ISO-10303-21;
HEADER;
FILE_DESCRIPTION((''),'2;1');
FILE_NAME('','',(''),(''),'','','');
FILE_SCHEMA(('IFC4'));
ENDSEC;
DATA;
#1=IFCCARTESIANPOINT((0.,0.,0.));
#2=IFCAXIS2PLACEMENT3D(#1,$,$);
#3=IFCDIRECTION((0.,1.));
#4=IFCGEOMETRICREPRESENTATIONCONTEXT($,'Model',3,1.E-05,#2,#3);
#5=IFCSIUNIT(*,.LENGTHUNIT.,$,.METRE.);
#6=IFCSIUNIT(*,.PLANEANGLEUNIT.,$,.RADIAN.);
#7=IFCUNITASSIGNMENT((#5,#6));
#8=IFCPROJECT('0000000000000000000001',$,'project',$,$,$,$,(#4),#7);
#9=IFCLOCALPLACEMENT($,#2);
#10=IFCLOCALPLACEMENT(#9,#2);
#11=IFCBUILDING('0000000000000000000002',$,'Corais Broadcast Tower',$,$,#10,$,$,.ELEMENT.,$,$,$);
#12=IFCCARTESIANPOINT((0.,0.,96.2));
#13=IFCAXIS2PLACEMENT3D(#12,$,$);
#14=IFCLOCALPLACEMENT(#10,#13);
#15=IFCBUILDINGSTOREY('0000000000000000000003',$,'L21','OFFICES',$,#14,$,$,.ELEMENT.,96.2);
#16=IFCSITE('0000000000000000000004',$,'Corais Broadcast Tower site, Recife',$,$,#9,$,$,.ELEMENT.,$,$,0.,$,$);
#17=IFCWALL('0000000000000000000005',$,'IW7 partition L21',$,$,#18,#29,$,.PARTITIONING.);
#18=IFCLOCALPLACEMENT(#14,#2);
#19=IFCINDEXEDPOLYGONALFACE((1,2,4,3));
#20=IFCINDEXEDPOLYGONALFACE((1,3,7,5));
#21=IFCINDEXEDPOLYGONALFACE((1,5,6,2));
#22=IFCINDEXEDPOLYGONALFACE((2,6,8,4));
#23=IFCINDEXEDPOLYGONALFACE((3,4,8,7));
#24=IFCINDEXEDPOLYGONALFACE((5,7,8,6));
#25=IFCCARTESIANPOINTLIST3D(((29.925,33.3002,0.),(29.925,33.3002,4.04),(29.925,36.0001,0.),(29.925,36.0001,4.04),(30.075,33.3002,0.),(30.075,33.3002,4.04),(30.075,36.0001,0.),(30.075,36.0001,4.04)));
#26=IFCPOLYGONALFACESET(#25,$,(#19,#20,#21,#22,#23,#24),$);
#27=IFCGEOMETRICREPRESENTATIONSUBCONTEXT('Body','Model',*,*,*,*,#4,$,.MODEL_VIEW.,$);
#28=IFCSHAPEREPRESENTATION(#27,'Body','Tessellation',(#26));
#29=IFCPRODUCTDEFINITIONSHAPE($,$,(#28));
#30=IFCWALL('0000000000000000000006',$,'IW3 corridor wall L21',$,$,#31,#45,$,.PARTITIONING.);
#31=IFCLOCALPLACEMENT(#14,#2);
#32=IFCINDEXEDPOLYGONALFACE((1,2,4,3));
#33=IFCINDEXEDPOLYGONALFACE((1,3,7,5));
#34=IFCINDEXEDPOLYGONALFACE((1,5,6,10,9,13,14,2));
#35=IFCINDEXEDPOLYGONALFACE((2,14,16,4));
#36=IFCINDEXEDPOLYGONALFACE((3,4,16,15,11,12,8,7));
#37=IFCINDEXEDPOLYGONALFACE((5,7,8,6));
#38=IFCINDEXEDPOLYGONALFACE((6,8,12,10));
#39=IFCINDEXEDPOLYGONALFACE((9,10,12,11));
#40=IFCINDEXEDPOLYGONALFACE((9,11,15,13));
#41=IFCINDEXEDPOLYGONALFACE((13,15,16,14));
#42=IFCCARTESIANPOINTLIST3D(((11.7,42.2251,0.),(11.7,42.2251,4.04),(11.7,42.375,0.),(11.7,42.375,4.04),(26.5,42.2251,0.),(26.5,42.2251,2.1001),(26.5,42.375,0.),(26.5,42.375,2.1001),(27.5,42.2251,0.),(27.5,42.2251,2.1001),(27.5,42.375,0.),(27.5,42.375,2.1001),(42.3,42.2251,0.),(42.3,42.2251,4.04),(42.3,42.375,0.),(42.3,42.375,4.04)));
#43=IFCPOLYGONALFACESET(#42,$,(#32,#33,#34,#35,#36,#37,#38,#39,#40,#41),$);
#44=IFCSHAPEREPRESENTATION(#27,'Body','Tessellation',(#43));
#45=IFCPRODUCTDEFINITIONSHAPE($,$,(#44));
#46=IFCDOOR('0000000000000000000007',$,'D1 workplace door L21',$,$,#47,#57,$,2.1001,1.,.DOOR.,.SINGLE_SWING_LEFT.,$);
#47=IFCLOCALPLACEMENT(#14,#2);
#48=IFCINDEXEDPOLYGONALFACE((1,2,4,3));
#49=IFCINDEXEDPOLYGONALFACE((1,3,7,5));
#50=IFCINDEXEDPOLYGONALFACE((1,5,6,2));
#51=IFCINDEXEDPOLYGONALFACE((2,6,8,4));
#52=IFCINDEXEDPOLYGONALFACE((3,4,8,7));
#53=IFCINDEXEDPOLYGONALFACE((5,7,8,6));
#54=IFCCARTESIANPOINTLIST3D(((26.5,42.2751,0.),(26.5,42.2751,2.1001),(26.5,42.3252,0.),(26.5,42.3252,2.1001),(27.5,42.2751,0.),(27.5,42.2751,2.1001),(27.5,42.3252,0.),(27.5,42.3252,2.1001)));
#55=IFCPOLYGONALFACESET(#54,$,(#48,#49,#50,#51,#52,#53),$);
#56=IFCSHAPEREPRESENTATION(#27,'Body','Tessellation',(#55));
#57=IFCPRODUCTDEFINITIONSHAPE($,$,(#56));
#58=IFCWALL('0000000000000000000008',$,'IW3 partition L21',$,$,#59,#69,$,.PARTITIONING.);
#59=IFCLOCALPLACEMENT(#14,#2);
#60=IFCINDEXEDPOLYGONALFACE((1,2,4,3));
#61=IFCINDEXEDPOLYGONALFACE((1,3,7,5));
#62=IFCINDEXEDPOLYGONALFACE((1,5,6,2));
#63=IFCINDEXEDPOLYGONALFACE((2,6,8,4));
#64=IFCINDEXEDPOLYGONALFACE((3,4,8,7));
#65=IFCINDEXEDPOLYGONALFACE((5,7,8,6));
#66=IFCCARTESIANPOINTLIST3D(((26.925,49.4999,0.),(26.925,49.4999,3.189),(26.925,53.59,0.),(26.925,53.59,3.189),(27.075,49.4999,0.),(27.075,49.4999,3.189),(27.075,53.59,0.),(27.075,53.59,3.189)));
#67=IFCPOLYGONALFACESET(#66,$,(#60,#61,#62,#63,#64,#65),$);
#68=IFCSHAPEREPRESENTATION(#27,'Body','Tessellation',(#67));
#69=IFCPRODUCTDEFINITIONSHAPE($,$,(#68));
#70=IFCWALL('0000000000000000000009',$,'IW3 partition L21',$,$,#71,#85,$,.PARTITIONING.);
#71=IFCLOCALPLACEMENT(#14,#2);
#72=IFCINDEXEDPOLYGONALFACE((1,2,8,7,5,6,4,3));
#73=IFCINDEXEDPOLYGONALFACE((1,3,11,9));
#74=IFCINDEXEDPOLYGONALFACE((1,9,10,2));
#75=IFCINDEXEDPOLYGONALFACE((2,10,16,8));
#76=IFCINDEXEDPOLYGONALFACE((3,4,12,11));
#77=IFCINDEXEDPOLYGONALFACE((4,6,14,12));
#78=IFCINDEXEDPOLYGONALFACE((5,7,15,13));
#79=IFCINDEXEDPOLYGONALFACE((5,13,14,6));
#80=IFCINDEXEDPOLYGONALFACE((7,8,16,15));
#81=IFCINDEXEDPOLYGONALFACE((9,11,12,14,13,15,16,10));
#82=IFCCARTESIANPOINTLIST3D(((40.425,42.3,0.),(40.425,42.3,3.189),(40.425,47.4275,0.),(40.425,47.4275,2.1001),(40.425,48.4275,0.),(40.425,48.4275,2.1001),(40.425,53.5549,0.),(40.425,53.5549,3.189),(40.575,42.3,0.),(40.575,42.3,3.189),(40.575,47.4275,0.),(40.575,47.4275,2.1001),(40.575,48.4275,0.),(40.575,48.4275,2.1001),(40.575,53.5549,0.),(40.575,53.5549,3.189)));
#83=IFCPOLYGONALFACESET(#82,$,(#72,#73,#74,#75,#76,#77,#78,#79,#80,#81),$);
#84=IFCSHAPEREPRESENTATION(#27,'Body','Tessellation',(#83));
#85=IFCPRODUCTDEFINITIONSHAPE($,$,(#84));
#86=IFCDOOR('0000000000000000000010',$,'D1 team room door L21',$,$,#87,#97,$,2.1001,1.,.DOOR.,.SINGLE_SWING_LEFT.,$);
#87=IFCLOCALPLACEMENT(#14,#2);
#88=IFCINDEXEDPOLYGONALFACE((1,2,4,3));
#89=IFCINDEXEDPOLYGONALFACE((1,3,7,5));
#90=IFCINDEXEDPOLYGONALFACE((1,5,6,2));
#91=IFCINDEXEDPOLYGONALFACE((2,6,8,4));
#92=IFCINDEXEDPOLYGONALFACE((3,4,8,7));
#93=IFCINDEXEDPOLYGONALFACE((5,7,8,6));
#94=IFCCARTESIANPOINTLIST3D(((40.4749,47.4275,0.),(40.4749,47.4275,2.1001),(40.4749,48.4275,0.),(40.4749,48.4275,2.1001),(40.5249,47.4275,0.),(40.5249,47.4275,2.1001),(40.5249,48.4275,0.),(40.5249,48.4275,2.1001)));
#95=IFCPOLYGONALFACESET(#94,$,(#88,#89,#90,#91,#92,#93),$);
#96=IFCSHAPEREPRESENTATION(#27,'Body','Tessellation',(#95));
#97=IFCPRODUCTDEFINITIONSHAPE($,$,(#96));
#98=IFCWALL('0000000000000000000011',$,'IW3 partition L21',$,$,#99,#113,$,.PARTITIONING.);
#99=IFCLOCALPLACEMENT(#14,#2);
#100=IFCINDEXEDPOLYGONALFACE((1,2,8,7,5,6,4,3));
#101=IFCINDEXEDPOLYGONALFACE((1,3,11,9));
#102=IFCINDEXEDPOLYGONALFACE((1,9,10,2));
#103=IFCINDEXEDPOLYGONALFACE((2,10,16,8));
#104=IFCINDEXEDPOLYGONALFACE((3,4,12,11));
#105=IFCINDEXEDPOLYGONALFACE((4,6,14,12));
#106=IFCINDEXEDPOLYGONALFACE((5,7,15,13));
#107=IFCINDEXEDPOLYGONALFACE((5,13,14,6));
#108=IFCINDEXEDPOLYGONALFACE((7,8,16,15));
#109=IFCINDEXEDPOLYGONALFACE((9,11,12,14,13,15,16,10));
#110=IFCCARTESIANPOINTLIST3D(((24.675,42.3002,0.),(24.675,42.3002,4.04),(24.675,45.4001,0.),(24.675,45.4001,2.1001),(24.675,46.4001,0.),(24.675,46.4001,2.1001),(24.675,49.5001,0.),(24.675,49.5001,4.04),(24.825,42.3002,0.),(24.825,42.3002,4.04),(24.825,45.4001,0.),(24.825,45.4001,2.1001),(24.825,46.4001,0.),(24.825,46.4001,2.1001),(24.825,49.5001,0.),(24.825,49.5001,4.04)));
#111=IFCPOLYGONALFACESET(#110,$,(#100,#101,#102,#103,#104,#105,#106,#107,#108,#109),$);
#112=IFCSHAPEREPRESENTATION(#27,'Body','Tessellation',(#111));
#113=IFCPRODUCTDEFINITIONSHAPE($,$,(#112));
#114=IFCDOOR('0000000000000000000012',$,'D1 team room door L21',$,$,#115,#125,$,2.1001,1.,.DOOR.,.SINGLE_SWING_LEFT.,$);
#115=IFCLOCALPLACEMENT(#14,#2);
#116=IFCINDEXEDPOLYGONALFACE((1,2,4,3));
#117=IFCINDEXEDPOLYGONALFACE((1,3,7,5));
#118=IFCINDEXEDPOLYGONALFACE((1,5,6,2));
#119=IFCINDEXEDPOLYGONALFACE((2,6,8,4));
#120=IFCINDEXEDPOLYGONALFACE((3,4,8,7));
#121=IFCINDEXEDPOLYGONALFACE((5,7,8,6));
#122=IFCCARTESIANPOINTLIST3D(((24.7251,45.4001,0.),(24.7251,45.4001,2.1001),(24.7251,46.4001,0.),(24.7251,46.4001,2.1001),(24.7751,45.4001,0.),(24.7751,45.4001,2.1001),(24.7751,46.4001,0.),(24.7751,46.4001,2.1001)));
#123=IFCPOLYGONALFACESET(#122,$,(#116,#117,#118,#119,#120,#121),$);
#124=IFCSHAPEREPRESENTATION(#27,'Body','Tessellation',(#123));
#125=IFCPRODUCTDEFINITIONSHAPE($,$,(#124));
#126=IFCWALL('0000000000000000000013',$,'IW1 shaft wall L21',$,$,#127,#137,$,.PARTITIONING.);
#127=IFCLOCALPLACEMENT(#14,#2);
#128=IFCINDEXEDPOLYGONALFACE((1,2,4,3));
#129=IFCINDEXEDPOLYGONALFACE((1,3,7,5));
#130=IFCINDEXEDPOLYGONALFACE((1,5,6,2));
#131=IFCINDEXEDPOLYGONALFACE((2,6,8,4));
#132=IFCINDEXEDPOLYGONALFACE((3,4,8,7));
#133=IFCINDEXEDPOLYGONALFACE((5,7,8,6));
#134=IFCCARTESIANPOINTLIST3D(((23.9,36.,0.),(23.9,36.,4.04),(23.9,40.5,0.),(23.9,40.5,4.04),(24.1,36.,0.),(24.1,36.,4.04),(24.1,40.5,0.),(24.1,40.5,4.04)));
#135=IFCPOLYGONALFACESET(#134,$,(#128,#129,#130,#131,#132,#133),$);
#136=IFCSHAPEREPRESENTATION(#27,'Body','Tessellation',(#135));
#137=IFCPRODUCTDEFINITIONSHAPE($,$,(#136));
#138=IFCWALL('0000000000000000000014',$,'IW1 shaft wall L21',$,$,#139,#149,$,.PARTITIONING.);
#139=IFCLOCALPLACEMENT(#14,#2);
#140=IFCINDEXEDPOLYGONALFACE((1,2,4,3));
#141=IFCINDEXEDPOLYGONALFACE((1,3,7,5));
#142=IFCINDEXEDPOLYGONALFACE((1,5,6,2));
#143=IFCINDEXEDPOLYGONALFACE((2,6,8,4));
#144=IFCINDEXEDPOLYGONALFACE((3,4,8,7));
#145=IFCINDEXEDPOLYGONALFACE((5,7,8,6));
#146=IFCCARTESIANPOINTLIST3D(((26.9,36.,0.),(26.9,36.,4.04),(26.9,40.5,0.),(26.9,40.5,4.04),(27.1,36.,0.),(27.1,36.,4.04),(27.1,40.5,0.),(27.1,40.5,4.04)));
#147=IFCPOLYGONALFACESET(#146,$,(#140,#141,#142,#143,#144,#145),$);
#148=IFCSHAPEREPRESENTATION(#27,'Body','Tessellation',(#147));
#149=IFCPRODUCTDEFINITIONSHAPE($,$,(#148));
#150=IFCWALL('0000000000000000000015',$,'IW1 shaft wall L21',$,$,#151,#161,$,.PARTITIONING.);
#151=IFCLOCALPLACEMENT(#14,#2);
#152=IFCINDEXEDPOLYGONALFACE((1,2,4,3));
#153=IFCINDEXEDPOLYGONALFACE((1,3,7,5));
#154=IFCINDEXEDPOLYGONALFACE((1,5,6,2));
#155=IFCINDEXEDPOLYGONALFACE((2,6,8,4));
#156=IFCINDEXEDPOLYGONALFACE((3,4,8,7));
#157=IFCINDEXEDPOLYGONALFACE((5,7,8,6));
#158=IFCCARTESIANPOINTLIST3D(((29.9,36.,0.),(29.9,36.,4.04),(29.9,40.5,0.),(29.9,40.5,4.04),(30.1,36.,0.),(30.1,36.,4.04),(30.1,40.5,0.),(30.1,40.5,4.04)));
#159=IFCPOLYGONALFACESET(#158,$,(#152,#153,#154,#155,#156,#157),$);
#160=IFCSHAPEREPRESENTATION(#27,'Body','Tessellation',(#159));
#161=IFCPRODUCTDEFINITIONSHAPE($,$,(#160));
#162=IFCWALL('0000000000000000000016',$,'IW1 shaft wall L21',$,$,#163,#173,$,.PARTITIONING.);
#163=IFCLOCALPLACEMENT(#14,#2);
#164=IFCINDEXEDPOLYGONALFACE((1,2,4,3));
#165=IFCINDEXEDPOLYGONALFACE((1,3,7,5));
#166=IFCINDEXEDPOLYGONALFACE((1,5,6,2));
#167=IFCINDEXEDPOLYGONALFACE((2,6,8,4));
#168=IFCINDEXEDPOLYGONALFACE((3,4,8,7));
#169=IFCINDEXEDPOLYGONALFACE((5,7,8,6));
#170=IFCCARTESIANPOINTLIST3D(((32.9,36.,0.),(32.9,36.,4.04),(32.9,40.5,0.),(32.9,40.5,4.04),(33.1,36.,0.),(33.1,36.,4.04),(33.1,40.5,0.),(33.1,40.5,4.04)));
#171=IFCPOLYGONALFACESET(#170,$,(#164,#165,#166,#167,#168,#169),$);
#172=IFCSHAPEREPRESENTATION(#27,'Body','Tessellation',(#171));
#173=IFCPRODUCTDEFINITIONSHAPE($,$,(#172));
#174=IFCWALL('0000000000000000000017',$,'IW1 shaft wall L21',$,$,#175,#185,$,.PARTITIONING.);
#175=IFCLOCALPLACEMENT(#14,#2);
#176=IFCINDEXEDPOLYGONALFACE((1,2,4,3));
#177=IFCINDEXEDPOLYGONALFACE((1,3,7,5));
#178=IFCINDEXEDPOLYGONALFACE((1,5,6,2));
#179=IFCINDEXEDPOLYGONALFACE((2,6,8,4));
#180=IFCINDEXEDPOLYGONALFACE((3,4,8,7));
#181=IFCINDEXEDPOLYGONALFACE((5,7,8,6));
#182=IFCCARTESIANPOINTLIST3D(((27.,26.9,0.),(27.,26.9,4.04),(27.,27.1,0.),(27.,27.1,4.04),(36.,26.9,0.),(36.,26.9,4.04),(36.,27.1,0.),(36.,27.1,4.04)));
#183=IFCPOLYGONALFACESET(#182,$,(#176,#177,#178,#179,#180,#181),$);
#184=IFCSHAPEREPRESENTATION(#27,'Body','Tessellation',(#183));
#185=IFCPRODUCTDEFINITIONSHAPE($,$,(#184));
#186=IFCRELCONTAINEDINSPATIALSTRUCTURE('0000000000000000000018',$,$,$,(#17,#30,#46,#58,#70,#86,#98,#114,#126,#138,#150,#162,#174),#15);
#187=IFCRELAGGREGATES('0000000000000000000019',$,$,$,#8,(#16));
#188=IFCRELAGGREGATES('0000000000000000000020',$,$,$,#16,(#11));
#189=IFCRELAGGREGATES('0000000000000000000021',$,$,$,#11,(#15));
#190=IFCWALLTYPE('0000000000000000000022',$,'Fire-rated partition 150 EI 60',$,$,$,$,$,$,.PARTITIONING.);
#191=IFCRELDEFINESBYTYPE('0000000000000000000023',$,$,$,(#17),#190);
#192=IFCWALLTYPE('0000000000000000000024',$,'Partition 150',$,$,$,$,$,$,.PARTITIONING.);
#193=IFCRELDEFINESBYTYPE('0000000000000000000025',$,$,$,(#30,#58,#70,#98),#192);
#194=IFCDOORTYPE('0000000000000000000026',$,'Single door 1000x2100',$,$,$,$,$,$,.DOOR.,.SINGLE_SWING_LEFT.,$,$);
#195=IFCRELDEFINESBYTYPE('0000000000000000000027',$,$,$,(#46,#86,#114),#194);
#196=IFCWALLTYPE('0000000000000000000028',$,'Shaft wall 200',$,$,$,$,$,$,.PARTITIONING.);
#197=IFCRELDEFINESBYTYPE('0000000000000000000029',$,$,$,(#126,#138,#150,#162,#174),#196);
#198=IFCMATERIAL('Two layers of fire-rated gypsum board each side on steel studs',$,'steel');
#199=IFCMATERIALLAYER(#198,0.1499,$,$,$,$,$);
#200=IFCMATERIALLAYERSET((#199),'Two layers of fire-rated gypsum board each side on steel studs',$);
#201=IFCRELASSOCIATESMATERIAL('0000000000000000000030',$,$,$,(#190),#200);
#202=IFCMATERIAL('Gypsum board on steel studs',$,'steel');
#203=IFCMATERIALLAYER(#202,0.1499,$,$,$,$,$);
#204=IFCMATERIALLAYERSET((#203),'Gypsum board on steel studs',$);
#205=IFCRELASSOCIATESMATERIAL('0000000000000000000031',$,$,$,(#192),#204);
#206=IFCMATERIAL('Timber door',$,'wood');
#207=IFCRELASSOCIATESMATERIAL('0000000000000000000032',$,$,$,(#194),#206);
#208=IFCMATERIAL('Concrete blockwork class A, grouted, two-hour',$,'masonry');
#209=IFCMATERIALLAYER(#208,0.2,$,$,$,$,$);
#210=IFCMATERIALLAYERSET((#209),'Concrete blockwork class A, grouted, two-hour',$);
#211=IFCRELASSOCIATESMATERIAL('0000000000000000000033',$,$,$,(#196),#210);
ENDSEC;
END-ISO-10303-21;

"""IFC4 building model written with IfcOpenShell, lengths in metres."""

from ifc_helpers import new_model, si_unit, direction, frame, frame_2d, origin, place, context, subcontext, project, spatial, rectangle, extrude, material, layer, layer_set, type_object, element, fill, save


model = new_model("IFC4")

# Units and contexts
model_context = context("Model", 3, precision=1e-05, world=origin(), true_north=direction((0.0, 1.0)))
body_context = subcontext(model_context, "Body", "Model", "MODEL_VIEW")
ifc_project = project(units=[si_unit("LENGTHUNIT", "METRE"), si_unit("PLANEANGLEUNIT", "RADIAN")], contexts=[model_context])

# Site, building, storey
site_placement = place(None, origin())
site = spatial("IfcSite", under=ifc_project, at=site_placement, Name="Corais Broadcast Tower site, Recife", CompositionType="ELEMENT", RefElevation=0.0)
building_placement = place(site_placement, origin())
building = spatial("IfcBuilding", under=site, at=building_placement, Name="Corais Broadcast Tower", CompositionType="ELEMENT")
storey_placement = place(building_placement, frame((0.0, 0.0, 96.2)))
storey = spatial("IfcBuildingStorey", under=building, at=storey_placement, Name="L21", Description="OFFICES", CompositionType="ELEMENT", Elevation=96.2)

# Wall
ifc_material_1 = material(Name="Two layers of fire-rated gypsum board each side on steel studs", Category="steel")
ifc_layer_1 = layer(ifc_material_1, 0.1499)
ifc_layer_set_1 = layer_set([ifc_layer_1], Name="Two layers of fire-rated gypsum board each side on steel studs")
wall_type_1 = type_object("IfcWallType", Name="Fire-rated partition 150 EI 60", PredefinedType="PARTITIONING", material=ifc_layer_set_1)
wall_1_placement = place(storey_placement, frame((30.0, 33.3, 0.0), z_axis=(0.0, 0.0, 1.0), x_axis=(0.0, 1.0, 0.0)))
element("IfcWall", 1, at=wall_1_placement, inside=storey, type_object=wall_type_1, Name="IW7 partition L21", PredefinedType="PARTITIONING", context=body_context, shape_type="SweptSolid", body=[
    extrude(rectangle(XDim=2.7, YDim=0.1499, at=frame_2d((1.3501, 0.0))), origin(), (0.0, 0.0, 1.0), 4.04),
])

# Wall, opening, door
ifc_material_2 = material(Name="Gypsum board on steel studs", Category="steel")
ifc_layer_2 = layer(ifc_material_2, 0.1499)
ifc_layer_set_2 = layer_set([ifc_layer_2], Name="Gypsum board on steel studs")
wall_type_2 = type_object("IfcWallType", Name="Partition 150", PredefinedType="PARTITIONING", material=ifc_layer_set_2)
wall_2_placement = place(storey_placement, frame((42.3, 42.3, 0.0), z_axis=(0.0, 0.0, 1.0), x_axis=(-1.0, 0.0, 0.0)))
wall_2 = element("IfcWall", 2, at=wall_2_placement, inside=storey, type_object=wall_type_2, Name="IW3 corridor wall L21", PredefinedType="PARTITIONING", context=body_context, shape_type="SweptSolid", body=[
    extrude(rectangle(XDim=30.6001, YDim=0.1499, at=frame_2d((15.3, 0.0))), origin(), (0.0, 0.0, 1.0), 4.04),
])
opening_1_placement = place(wall_2_placement, frame((14.8, 0.0, 0.0)))
opening_1 = element("IfcOpeningElement", 3, at=opening_1_placement, cuts=wall_2, PredefinedType="OPENING", context=body_context, shape_type="SweptSolid", body=[
    extrude(rectangle(XDim=1.0, YDim=2.1001, at=frame_2d((0.5, 1.05))), frame((0.0, 0.085, 0.0), z_axis=(0.0, -1.0, 0.0), x_axis=(1.0, 0.0, 0.0)), (0.0, 0.0, 1.0), 0.1699),
])
ifc_material_3 = material(Name="Timber door", Category="wood")
door_type = type_object("IfcDoorType", Name="Single door 1000x2100", OperationType="SINGLE_SWING_LEFT", PredefinedType="DOOR", material=ifc_material_3)
door_1_placement = place(opening_1_placement, origin())
door_1 = element("IfcDoor", 4, at=door_1_placement, inside=storey, type_object=door_type, Name="D1 workplace door L21", OperationType="SINGLE_SWING_LEFT", OverallHeight=2.1001, OverallWidth=1.0, PredefinedType="DOOR", context=body_context, shape_type="SweptSolid", body=[
    extrude(rectangle(XDim=1.0, YDim=2.1001, at=frame_2d((0.5, 1.05))), frame((0.0, 0.0249, 0.0), z_axis=(0.0, -1.0, 0.0), x_axis=(1.0, 0.0, 0.0)), (0.0, 0.0, 1.0), 0.05),
])
fill(opening_1, door_1)

# Wall
wall_3_placement = place(storey_placement, frame((27.0, 49.5, 0.0), z_axis=(0.0, 0.0, 1.0), x_axis=(0.0, 1.0, 0.0)))
element("IfcWall", 5, at=wall_3_placement, inside=storey, type_object=wall_type_2, Name="IW3 partition L21", PredefinedType="PARTITIONING", context=body_context, shape_type="SweptSolid", body=[
    extrude(rectangle(XDim=4.0901, YDim=0.1499, at=frame_2d((2.0449, 0.0))), origin(), (0.0, 0.0, 1.0), 3.189),
])

# Walls, openings, doors
wall_4_placement = place(storey_placement, frame((40.5, 53.5549, 0.0), z_axis=(0.0, 0.0, 1.0), x_axis=(0.0, -1.0, 0.0)))
wall_4 = element("IfcWall", 6, at=wall_4_placement, inside=storey, type_object=wall_type_2, Name="IW3 partition L21", PredefinedType="PARTITIONING", context=body_context, shape_type="SweptSolid", body=[
    extrude(rectangle(XDim=11.2549, YDim=0.1499, at=frame_2d((5.6274, 0.0))), origin(), (0.0, 0.0, 1.0), 3.189),
])
opening_2_placement = place(wall_4_placement, frame((5.1274, 0.0, 0.0)))
opening_2 = element("IfcOpeningElement", 7, at=opening_2_placement, cuts=wall_4, PredefinedType="OPENING", context=body_context, shape_type="SweptSolid", body=[
    extrude(rectangle(XDim=1.0, YDim=2.1001, at=frame_2d((0.5, 1.05))), frame((0.0, 0.085, 0.0), z_axis=(0.0, -1.0, 0.0), x_axis=(1.0, 0.0, 0.0)), (0.0, 0.0, 1.0), 0.1699),
])
door_2_placement = place(opening_2_placement, origin())
door_2 = element("IfcDoor", 8, at=door_2_placement, inside=storey, type_object=door_type, Name="D1 team room door L21", OperationType="SINGLE_SWING_LEFT", OverallHeight=2.1001, OverallWidth=1.0, PredefinedType="DOOR", context=body_context, shape_type="SweptSolid", body=[
    extrude(rectangle(XDim=1.0, YDim=2.1001, at=frame_2d((0.5, 1.05))), frame((0.0, 0.0249, 0.0), z_axis=(0.0, -1.0, 0.0), x_axis=(1.0, 0.0, 0.0)), (0.0, 0.0, 1.0), 0.05),
])
fill(opening_2, door_2)
wall_5_placement = place(storey_placement, frame((24.75, 42.3, 0.0), z_axis=(0.0, 0.0, 1.0), x_axis=(0.0, 1.0, 0.0)))
wall_5 = element("IfcWall", 9, at=wall_5_placement, inside=storey, type_object=wall_type_2, Name="IW3 partition L21", PredefinedType="PARTITIONING", context=body_context, shape_type="SweptSolid", body=[
    extrude(rectangle(XDim=7.2, YDim=0.1499, at=frame_2d((3.6001, 0.0))), origin(), (0.0, 0.0, 1.0), 4.04),
])
opening_3_placement = place(wall_5_placement, frame((3.1001, 0.0, 0.0)))
opening_3 = element("IfcOpeningElement", 10, at=opening_3_placement, cuts=wall_5, PredefinedType="OPENING", context=body_context, shape_type="SweptSolid", body=[
    extrude(rectangle(XDim=1.0, YDim=2.1001, at=frame_2d((0.5, 1.05))), frame((0.0, 0.085, 0.0), z_axis=(0.0, -1.0, 0.0), x_axis=(1.0, 0.0, 0.0)), (0.0, 0.0, 1.0), 0.1699),
])
door_3_placement = place(opening_3_placement, origin())
door_3 = element("IfcDoor", 11, at=door_3_placement, inside=storey, type_object=door_type, Name="D1 team room door L21", OperationType="SINGLE_SWING_LEFT", OverallHeight=2.1001, OverallWidth=1.0, PredefinedType="DOOR", context=body_context, shape_type="SweptSolid", body=[
    extrude(rectangle(XDim=1.0, YDim=2.1001, at=frame_2d((0.5, 1.05))), frame((0.0, 0.0249, 0.0), z_axis=(0.0, -1.0, 0.0), x_axis=(1.0, 0.0, 0.0)), (0.0, 0.0, 1.0), 0.05),
])
fill(opening_3, door_3)

# Walls
ifc_material_4 = material(Name="Concrete blockwork class A, grouted, two-hour", Category="masonry")
ifc_layer_3 = layer(ifc_material_4, 0.2)
ifc_layer_set_3 = layer_set([ifc_layer_3], Name="Concrete blockwork class A, grouted, two-hour")
wall_type_3 = type_object("IfcWallType", Name="Shaft wall 200", PredefinedType="PARTITIONING", material=ifc_layer_set_3)
for number, where, z_axis, x_axis, name in (
    (12, (24.0, 36.0, 0.0), (0.0, 0.0, 1.0), (0.0, 1.0, 0.0), "IW1 shaft wall L21"),
    (13, (27.0, 36.0, 0.0), (0.0, 0.0, 1.0), (0.0, 1.0, 0.0), "IW1 shaft wall L21"),
    (14, (30.0, 36.0, 0.0), (0.0, 0.0, 1.0), (0.0, 1.0, 0.0), "IW1 shaft wall L21"),
    (15, (33.0, 36.0, 0.0), (0.0, 0.0, 1.0), (0.0, 1.0, 0.0), "IW1 shaft wall L21"),
):
    element("IfcWall", number, at=place(storey_placement, frame(where, z_axis=z_axis, x_axis=x_axis)), inside=storey, type_object=wall_type_3, Name=name, PredefinedType="PARTITIONING", context=body_context, shape_type="SweptSolid", body=[
        extrude(rectangle(XDim=4.5, YDim=0.2, at=frame_2d((2.25, 0.0))), origin(), (0.0, 0.0, 1.0), 4.04),
    ])
wall_6_placement = place(storey_placement, frame((27.0, 27.0, 0.0), z_axis=(0.0, 0.0, 1.0), x_axis=(1.0, 0.0, 0.0)))
element("IfcWall", 16, at=wall_6_placement, inside=storey, type_object=wall_type_3, Name="IW1 shaft wall L21", PredefinedType="PARTITIONING", context=body_context, shape_type="SweptSolid", body=[
    extrude(rectangle(XDim=9.0, YDim=0.2, at=frame_2d((4.5, 0.0))), origin(), (0.0, 0.0, 1.0), 4.04),
])

save(model, "model.ifc")
